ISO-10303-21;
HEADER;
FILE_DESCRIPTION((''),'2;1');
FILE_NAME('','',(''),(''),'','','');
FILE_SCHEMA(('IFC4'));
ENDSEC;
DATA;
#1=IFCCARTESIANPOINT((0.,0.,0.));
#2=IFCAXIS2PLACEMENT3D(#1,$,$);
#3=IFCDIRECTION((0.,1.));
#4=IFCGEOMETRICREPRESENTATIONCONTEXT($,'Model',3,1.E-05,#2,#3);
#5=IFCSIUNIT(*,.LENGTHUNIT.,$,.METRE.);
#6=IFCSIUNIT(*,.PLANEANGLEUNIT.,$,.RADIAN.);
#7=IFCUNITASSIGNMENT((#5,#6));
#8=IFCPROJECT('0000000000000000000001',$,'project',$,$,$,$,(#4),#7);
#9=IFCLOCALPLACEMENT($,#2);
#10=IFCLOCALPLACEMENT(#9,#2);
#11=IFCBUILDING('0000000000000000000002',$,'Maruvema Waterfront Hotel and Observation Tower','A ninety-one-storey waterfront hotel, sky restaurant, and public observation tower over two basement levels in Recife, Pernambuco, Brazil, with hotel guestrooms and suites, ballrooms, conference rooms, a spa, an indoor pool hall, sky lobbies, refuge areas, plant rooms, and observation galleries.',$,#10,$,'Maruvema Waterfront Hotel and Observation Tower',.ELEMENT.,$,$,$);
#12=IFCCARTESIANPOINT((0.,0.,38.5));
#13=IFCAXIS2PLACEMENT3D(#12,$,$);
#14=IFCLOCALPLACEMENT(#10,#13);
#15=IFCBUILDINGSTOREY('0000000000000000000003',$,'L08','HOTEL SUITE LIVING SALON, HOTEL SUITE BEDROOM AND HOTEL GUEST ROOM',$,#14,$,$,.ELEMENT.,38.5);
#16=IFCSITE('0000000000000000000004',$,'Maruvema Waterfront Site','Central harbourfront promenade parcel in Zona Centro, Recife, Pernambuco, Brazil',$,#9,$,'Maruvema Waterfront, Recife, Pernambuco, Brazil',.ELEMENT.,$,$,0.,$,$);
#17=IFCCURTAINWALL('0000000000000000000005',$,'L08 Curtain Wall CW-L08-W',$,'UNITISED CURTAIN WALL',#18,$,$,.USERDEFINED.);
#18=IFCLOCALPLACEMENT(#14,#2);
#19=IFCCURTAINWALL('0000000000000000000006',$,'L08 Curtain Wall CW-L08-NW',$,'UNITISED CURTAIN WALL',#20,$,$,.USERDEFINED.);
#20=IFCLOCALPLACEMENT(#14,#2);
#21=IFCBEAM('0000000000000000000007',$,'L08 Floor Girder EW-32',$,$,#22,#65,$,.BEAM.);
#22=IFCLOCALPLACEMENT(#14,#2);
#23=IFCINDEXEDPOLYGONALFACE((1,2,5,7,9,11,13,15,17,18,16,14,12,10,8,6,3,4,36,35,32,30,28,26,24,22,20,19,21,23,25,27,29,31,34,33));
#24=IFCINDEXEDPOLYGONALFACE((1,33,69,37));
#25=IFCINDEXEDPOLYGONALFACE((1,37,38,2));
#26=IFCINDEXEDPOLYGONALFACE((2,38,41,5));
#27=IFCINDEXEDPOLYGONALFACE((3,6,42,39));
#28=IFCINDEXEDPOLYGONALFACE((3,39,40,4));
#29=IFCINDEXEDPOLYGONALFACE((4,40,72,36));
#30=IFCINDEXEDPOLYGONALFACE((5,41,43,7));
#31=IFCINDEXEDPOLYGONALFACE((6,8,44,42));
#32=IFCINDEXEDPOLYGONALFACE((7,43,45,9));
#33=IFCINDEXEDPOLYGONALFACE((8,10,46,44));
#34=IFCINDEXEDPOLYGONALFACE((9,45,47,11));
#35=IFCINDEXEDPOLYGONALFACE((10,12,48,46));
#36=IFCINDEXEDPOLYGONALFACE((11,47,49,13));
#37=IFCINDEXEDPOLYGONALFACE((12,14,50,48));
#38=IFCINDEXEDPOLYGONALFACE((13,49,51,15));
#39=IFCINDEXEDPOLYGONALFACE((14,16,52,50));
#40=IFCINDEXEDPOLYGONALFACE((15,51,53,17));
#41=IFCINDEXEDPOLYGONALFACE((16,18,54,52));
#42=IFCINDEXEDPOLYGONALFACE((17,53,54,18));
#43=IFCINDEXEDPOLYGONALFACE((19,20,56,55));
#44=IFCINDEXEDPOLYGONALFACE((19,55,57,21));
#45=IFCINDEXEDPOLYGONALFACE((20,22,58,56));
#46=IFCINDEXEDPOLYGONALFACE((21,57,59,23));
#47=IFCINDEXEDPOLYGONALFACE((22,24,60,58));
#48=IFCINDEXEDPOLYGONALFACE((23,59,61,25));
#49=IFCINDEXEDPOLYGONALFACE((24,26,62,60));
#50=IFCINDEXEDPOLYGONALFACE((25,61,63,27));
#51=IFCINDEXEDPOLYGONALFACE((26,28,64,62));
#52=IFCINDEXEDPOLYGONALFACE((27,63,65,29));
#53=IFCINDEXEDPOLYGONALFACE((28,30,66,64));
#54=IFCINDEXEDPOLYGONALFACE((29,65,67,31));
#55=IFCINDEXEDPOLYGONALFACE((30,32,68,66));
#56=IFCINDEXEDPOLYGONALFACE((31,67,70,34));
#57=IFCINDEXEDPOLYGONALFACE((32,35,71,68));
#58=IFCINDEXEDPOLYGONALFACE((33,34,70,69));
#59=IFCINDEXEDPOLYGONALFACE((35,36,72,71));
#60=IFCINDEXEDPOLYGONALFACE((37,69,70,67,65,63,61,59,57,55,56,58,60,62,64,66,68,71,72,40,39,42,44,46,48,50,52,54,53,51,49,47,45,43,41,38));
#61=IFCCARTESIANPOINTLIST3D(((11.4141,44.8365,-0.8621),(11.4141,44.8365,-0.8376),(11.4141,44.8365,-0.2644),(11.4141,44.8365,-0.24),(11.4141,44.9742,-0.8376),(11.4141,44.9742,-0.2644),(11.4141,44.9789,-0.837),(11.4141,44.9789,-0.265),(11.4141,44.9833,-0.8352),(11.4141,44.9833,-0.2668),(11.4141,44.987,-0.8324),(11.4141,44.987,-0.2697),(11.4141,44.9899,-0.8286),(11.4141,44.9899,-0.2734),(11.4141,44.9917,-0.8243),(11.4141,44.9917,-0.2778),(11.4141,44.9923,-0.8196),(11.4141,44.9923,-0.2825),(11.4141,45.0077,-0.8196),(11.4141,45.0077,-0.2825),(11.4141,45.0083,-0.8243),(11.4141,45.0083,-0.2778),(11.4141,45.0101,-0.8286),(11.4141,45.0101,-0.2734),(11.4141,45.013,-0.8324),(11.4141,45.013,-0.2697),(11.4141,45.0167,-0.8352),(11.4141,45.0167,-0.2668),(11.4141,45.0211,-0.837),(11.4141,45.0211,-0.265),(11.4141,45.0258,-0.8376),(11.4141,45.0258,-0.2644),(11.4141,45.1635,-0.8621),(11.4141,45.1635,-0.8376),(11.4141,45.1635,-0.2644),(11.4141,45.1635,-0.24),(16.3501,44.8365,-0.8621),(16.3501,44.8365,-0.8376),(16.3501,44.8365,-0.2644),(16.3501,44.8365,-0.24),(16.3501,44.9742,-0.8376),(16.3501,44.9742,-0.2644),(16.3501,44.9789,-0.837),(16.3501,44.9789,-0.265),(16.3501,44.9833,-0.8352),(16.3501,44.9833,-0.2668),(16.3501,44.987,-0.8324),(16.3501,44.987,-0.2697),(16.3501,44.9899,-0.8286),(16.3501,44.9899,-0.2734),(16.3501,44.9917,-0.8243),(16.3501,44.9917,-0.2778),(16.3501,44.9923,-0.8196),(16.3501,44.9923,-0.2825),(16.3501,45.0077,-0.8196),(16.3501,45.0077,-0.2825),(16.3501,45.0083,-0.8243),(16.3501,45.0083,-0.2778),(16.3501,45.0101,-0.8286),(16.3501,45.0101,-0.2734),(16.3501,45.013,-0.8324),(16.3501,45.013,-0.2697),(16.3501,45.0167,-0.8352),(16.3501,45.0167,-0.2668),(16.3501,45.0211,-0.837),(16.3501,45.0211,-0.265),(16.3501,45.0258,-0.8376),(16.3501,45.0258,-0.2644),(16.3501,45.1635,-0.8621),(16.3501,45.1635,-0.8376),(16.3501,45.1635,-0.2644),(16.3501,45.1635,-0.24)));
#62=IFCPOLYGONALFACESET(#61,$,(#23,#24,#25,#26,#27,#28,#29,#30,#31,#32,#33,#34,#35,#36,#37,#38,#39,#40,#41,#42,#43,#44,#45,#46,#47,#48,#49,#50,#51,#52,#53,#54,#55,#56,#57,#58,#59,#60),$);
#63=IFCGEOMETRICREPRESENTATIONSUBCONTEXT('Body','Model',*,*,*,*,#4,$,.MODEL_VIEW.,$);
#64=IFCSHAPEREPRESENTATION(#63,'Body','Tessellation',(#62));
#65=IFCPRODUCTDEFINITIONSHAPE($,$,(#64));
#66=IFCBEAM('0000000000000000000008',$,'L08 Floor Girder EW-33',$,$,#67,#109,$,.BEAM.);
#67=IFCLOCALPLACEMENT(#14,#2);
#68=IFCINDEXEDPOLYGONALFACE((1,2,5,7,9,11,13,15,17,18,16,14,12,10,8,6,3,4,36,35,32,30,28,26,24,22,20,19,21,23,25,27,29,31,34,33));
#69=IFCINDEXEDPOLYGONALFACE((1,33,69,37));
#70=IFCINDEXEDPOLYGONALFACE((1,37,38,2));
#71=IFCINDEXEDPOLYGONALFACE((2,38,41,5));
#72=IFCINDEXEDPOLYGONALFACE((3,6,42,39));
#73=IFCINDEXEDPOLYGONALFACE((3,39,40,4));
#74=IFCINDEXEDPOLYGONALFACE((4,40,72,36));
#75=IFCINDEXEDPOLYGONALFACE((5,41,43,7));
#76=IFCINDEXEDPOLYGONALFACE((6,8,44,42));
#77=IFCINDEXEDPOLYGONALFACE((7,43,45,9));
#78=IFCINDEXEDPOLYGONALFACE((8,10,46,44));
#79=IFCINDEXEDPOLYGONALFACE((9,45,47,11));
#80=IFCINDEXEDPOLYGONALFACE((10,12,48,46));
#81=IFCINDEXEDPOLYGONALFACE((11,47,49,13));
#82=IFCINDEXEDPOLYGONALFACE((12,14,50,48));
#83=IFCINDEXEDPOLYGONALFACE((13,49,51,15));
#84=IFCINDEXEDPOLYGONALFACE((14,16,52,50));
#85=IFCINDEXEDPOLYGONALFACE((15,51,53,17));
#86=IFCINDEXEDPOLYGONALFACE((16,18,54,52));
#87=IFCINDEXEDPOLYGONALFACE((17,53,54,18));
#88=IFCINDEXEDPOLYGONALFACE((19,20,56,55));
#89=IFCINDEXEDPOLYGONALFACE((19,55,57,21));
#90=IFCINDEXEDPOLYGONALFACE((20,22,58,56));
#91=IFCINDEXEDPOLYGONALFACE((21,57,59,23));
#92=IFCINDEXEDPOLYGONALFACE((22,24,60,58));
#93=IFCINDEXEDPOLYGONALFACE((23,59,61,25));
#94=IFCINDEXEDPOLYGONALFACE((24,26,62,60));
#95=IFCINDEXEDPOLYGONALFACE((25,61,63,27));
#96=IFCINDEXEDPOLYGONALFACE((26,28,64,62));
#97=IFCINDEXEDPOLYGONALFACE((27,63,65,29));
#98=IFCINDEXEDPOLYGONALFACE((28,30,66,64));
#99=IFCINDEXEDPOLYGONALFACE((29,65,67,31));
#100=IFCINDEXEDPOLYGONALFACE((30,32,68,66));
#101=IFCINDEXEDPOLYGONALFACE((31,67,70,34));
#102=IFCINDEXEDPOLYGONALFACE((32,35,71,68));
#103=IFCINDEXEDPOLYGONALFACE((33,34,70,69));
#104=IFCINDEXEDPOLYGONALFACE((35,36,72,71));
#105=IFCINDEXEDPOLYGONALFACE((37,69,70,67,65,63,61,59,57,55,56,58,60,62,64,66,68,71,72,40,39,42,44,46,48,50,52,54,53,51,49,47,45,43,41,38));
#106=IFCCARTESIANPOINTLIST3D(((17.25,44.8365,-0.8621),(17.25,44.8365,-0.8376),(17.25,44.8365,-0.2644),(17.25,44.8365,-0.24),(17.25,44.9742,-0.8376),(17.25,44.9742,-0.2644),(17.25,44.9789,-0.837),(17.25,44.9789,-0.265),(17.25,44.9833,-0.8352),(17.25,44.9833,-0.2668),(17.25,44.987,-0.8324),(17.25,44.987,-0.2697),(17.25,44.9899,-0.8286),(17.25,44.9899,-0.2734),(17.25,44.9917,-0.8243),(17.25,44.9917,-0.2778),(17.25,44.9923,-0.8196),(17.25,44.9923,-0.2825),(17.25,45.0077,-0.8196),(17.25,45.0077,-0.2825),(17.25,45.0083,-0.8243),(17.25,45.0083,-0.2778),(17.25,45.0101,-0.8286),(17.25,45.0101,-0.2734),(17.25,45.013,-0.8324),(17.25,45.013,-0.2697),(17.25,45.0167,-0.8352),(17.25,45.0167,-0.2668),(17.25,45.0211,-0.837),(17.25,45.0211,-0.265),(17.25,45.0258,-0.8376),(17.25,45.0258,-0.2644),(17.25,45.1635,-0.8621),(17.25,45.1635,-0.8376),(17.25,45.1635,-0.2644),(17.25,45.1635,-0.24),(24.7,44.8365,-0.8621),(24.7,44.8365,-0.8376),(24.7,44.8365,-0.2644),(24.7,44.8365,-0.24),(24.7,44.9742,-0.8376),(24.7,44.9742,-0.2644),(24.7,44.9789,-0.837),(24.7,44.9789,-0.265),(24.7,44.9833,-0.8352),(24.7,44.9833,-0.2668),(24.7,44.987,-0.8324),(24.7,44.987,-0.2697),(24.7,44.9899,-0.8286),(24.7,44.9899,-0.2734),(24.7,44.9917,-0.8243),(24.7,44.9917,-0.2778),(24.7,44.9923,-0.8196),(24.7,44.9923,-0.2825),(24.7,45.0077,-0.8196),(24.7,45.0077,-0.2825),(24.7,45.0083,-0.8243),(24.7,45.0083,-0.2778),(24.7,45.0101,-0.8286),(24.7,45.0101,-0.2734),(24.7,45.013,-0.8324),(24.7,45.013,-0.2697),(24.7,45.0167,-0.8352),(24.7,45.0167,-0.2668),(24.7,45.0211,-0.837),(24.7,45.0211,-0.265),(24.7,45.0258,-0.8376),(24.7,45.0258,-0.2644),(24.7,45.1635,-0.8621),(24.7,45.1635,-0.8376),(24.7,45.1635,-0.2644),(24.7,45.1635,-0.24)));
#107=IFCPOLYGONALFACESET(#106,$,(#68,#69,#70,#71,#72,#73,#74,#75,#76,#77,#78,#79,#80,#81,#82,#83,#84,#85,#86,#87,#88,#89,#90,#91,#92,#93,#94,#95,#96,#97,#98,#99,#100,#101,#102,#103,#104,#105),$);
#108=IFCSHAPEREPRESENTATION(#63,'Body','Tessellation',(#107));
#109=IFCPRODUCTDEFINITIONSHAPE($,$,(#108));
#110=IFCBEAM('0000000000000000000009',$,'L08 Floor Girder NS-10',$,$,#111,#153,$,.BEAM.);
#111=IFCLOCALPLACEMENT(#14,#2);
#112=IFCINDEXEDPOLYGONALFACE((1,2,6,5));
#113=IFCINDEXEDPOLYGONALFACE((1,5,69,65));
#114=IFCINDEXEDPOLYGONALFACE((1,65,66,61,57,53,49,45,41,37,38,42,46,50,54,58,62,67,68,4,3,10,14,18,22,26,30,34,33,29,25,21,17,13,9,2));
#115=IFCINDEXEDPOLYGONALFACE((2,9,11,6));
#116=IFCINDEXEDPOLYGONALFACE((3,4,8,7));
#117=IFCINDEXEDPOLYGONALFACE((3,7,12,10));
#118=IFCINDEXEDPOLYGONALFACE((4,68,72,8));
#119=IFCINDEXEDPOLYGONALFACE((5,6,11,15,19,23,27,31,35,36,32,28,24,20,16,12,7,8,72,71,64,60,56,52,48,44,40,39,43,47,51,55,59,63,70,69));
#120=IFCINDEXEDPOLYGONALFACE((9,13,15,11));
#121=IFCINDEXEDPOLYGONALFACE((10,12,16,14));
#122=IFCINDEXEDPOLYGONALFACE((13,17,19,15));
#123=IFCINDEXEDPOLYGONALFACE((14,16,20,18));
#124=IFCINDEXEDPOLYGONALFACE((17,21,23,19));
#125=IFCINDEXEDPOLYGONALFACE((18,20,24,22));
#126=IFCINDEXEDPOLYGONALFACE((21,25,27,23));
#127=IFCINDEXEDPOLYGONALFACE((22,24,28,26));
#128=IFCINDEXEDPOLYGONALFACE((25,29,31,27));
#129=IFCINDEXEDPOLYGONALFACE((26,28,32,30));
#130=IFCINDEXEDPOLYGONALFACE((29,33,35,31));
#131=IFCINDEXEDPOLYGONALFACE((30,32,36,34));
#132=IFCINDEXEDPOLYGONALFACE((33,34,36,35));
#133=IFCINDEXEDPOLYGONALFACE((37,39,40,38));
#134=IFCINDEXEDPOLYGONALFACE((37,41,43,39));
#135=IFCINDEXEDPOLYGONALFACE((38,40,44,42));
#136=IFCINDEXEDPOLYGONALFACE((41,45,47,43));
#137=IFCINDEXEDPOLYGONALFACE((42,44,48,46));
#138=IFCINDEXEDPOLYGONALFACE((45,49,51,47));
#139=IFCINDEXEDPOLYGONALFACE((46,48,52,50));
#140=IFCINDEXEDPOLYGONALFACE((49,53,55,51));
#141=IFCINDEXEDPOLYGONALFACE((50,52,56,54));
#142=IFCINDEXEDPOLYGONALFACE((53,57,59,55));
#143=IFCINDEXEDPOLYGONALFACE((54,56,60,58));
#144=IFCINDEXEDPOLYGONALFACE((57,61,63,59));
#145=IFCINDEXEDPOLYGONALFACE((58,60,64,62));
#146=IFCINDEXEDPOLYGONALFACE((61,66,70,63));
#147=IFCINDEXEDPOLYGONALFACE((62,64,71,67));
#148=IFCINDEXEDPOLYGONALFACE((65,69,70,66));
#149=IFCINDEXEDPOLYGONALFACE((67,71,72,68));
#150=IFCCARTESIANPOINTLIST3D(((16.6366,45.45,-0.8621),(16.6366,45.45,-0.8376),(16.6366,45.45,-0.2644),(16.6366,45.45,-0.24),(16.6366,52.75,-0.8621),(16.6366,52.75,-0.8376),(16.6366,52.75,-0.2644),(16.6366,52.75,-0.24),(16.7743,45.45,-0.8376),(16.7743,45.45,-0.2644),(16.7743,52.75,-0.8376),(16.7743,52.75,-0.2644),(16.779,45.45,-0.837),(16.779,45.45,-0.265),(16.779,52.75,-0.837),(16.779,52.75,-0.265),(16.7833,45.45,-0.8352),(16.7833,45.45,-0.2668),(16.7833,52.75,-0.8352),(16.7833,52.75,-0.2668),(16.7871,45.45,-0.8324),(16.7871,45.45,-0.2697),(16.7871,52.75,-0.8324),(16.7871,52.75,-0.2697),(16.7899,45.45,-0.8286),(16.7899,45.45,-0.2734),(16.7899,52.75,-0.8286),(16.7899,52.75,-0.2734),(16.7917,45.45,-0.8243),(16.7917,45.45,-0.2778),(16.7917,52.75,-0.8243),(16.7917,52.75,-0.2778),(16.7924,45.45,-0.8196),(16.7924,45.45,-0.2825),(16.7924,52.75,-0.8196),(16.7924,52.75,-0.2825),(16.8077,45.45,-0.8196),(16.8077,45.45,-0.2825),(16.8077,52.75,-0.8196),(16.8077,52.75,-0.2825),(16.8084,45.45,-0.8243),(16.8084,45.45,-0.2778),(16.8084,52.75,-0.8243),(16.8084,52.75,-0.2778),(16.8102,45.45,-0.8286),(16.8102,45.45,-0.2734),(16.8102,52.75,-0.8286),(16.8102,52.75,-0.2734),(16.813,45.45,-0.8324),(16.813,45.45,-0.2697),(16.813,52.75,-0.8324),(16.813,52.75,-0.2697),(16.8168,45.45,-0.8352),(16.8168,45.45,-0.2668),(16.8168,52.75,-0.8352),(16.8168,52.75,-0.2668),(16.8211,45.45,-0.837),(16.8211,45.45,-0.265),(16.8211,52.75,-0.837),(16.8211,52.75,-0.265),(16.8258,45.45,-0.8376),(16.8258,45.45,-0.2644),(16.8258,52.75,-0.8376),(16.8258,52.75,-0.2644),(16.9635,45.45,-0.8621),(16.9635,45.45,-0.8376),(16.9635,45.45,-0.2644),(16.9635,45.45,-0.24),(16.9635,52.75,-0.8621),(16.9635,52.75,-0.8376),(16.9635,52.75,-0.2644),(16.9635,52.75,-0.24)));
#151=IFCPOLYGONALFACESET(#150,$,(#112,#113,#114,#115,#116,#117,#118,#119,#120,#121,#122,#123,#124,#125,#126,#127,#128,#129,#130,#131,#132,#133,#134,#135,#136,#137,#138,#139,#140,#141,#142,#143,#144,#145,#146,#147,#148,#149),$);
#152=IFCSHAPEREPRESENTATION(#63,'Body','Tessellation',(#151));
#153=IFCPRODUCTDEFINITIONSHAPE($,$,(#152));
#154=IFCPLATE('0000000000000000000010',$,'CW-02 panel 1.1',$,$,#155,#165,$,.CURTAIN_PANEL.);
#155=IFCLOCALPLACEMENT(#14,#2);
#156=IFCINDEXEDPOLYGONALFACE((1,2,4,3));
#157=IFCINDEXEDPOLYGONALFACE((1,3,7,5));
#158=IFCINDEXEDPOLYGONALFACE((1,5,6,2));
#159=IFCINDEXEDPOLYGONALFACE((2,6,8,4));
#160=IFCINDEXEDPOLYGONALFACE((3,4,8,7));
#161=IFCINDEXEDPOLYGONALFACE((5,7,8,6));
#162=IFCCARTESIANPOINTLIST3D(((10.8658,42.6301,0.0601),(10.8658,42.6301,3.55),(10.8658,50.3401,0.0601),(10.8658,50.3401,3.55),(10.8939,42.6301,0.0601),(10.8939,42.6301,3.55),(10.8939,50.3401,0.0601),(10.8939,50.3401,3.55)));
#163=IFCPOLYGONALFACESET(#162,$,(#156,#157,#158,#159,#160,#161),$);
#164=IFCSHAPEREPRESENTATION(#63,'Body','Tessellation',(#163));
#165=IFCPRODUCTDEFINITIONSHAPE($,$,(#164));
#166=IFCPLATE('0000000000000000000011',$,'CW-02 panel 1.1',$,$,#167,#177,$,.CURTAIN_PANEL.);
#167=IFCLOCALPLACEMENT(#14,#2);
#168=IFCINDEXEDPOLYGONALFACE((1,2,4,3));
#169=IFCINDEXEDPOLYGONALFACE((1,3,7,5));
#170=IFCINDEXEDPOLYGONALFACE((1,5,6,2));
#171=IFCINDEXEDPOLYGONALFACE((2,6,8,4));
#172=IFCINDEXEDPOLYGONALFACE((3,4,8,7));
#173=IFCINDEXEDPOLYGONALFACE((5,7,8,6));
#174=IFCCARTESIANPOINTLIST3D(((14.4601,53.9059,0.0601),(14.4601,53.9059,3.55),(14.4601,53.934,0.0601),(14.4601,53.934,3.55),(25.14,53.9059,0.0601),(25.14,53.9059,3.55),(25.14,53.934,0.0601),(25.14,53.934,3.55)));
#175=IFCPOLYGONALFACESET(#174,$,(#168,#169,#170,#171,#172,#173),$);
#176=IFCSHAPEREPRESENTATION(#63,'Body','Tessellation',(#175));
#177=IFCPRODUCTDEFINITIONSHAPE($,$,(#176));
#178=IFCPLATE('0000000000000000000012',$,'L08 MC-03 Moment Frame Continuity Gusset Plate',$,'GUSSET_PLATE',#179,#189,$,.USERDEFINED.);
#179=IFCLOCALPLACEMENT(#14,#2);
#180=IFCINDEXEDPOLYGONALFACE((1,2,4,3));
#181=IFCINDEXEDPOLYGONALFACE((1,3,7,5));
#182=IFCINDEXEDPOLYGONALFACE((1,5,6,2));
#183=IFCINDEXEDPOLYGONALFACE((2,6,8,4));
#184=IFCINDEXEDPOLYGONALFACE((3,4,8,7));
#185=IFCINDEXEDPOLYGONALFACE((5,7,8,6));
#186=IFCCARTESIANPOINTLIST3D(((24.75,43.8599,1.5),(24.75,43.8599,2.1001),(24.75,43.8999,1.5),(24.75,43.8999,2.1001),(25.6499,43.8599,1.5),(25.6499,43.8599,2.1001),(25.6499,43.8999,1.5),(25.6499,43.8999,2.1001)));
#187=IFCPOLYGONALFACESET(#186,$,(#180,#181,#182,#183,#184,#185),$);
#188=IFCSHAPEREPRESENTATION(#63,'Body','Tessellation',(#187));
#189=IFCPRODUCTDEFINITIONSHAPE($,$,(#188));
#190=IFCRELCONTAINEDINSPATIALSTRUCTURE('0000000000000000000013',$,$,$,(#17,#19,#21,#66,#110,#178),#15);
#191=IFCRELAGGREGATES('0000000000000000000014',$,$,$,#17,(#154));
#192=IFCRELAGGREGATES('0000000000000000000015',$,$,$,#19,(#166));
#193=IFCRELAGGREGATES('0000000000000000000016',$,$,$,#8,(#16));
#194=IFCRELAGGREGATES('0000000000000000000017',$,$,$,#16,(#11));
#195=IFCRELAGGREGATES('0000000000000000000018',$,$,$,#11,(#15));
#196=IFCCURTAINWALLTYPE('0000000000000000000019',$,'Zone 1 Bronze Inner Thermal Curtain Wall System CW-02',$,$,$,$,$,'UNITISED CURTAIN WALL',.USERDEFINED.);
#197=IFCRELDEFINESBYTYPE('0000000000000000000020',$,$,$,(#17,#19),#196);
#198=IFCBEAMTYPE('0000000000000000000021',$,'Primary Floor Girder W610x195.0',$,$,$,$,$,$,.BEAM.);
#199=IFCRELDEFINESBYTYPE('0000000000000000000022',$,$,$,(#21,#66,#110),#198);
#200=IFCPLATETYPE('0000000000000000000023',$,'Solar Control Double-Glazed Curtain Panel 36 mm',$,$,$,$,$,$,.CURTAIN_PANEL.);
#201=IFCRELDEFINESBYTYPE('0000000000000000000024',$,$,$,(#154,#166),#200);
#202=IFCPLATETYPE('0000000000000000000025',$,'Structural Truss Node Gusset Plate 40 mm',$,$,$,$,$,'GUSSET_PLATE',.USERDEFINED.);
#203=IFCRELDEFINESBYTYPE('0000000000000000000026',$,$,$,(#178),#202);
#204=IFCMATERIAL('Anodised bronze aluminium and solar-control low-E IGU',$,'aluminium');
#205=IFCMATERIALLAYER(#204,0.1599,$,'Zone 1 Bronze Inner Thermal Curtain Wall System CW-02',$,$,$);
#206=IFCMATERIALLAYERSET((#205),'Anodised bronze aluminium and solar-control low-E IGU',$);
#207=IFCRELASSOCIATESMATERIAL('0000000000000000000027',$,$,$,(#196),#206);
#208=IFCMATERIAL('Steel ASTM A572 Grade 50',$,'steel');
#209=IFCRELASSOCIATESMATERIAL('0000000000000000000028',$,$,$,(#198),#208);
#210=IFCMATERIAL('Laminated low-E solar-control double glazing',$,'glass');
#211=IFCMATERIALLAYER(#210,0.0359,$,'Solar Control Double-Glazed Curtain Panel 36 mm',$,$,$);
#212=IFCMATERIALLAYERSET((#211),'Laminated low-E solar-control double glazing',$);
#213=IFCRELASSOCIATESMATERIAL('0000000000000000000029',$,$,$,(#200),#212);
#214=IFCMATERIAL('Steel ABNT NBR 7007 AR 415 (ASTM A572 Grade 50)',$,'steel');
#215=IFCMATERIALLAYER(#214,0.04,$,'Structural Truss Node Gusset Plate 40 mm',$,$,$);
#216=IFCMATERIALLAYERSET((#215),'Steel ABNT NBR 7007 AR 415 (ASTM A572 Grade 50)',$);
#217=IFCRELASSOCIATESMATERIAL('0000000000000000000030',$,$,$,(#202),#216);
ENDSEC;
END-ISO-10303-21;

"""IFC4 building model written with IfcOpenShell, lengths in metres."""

from ifc_helpers import new_model, si_unit, direction, frame, origin, origin_2d, place, context, subcontext, project, spatial, rectangle, i_section, extrude, material, layer, layer_set, material_profile, profile_set, type_object, element, aggregate, save


model = new_model("IFC4")

# Units and contexts
model_context = context("Model", 3, precision=1e-05, world=origin(), true_north=direction((0.0, 1.0)))
body_context = subcontext(model_context, "Body", "Model", "MODEL_VIEW")
ifc_project = project(units=[si_unit("LENGTHUNIT", "METRE"), si_unit("PLANEANGLEUNIT", "RADIAN")], contexts=[model_context])

# Site, building, storey
site_placement = place(None, origin())
site = spatial("IfcSite", under=ifc_project, at=site_placement, Name="Maruvema Waterfront Site", Description="Central harbourfront promenade parcel in Zona Centro, Recife, Pernambuco, Brazil", LongName="Maruvema Waterfront, Recife, Pernambuco, Brazil", CompositionType="ELEMENT", RefElevation=0.0)
building_placement = place(site_placement, origin())
building = spatial("IfcBuilding", under=site, at=building_placement, Name="Maruvema Waterfront Hotel and Observation Tower", Description="A ninety-one-storey waterfront hotel, sky restaurant, and public observation tower over two basement levels in Recife, Pernambuco, Brazil, with hotel guestrooms and suites, ballrooms, conference rooms, a spa, an indoor pool hall, sky lobbies, refuge areas, plant rooms, and observation galleries.", LongName="Maruvema Waterfront Hotel and Observation Tower", CompositionType="ELEMENT")
storey_placement = place(building_placement, frame((0.0, 0.0, 38.5)))
storey = spatial("IfcBuildingStorey", under=building, at=storey_placement, Name="L08", Description="HOTEL SUITE LIVING SALON, HOTEL SUITE BEDROOM AND HOTEL GUEST ROOM", CompositionType="ELEMENT", Elevation=38.5)

# Curtain walls
ifc_material_1 = material(Name="Anodised bronze aluminium and solar-control low-E IGU", Category="aluminium")
ifc_layer_1 = layer(ifc_material_1, 0.1599, Name="Zone 1 Bronze Inner Thermal Curtain Wall System CW-02")
ifc_layer_set_1 = layer_set([ifc_layer_1], Name="Anodised bronze aluminium and solar-control low-E IGU")
curtain_wall_type = type_object("IfcCurtainWallType", Name="Zone 1 Bronze Inner Thermal Curtain Wall System CW-02", ElementType="UNITISED CURTAIN WALL", PredefinedType="USERDEFINED", material=ifc_layer_set_1)
curtain_wall_1_placement = place(storey_placement, origin())
curtain_wall_1 = element("IfcCurtainWall", 1, at=curtain_wall_1_placement, inside=storey, type_object=curtain_wall_type, Name="L08 Curtain Wall CW-L08-W", ObjectType="UNITISED CURTAIN WALL", PredefinedType="USERDEFINED")
curtain_wall_2_placement = place(storey_placement, origin())
curtain_wall_2 = element("IfcCurtainWall", 2, at=curtain_wall_2_placement, inside=storey, type_object=curtain_wall_type, Name="L08 Curtain Wall CW-L08-NW", ObjectType="UNITISED CURTAIN WALL", PredefinedType="USERDEFINED")

# Beams
ifc_material_2 = material(Name="Steel ASTM A572 Grade 50", Category="steel")
ifc_material_profile_1 = material_profile(ifc_material_2, i_section(OverallWidth=0.3269, OverallDepth=0.6221, WebThickness=0.0154, FlangeThickness=0.0244, FilletRadius=0.0181, at=origin_2d()), Name="W610x195.0")
ifc_profile_set_1 = profile_set([ifc_material_profile_1], Name="Steel ASTM A572 Grade 50")
beam_type = type_object("IfcBeamType", Name="Primary Floor Girder W610x195.0", PredefinedType="BEAM", material=ifc_profile_set_1)
beam_1_placement = place(storey_placement, frame((11.4141, 45.0, -0.551), z_axis=(1.0, 0.0, 0.0), x_axis=(0.0, 1.0, 0.0)))
element("IfcBeam", 3, at=beam_1_placement, inside=storey, type_object=beam_type, Name="L08 Floor Girder EW-32", PredefinedType="BEAM", context=body_context, shape_type="SweptSolid", body=[
    extrude(i_section(OverallWidth=0.3269, OverallDepth=0.6221, WebThickness=0.0154, FlangeThickness=0.0244, FilletRadius=0.0181, at=origin_2d()), origin(), (0.0, 0.0, 1.0), 4.936),
])
beam_2_placement = place(storey_placement, frame((17.25, 45.0, -0.551), z_axis=(1.0, 0.0, 0.0), x_axis=(0.0, 1.0, 0.0)))
element("IfcBeam", 4, at=beam_2_placement, inside=storey, type_object=beam_type, Name="L08 Floor Girder EW-33", PredefinedType="BEAM", context=body_context, shape_type="SweptSolid", body=[
    extrude(i_section(OverallWidth=0.3269, OverallDepth=0.6221, WebThickness=0.0154, FlangeThickness=0.0244, FilletRadius=0.0181, at=origin_2d()), origin(), (0.0, 0.0, 1.0), 7.45),
])
beam_3_placement = place(storey_placement, frame((16.8, 45.45, -0.551), z_axis=(0.0, 1.0, 0.0), x_axis=(-1.0, 0.0, 0.0)))
element("IfcBeam", 5, at=beam_3_placement, inside=storey, type_object=beam_type, Name="L08 Floor Girder NS-10", PredefinedType="BEAM", context=body_context, shape_type="SweptSolid", body=[
    extrude(i_section(OverallWidth=0.3269, OverallDepth=0.6221, WebThickness=0.0154, FlangeThickness=0.0244, FilletRadius=0.0181, at=origin_2d()), origin(), (0.0, 0.0, 1.0), 7.3),
])

# Plates
ifc_material_3 = material(Name="Laminated low-E solar-control double glazing", Category="glass")
ifc_layer_2 = layer(ifc_material_3, 0.0359, Name="Solar Control Double-Glazed Curtain Panel 36 mm")
ifc_layer_set_2 = layer_set([ifc_layer_2], Name="Laminated low-E solar-control double glazing")
plate_type_1 = type_object("IfcPlateType", Name="Solar Control Double-Glazed Curtain Panel 36 mm", PredefinedType="CURTAIN_PANEL", material=ifc_layer_set_2)
plate_1_placement = place(storey_placement, frame((10.8799, 46.4851, 0.0601), z_axis=(0.0, 0.0, 1.0), x_axis=(0.0, -1.0, 0.0)))
plate_1 = element("IfcPlate", 6, at=plate_1_placement, type_object=plate_type_1, Name="CW-02 panel 1.1", PredefinedType="CURTAIN_PANEL", context=body_context, shape_type="SweptSolid", body=[
    extrude(rectangle(XDim=7.71, YDim=0.0281, at=origin_2d()), origin(), (0.0, 0.0, 1.0), 3.49),
])
aggregate(curtain_wall_1, [plate_1])
plate_2_placement = place(storey_placement, frame((19.8, 53.9199, 0.0601), z_axis=(0.0, 0.0, 1.0), x_axis=(-1.0, 0.0, 0.0)))
plate_2 = element("IfcPlate", 7, at=plate_2_placement, type_object=plate_type_1, Name="CW-02 panel 1.1", PredefinedType="CURTAIN_PANEL", context=body_context, shape_type="SweptSolid", body=[
    extrude(rectangle(XDim=10.6799, YDim=0.0281, at=origin_2d()), origin(), (0.0, 0.0, 1.0), 3.49),
])
aggregate(curtain_wall_2, [plate_2])
ifc_material_4 = material(Name="Steel ABNT NBR 7007 AR 415 (ASTM A572 Grade 50)", Category="steel")
ifc_layer_3 = layer(ifc_material_4, 0.04, Name="Structural Truss Node Gusset Plate 40 mm")
ifc_layer_set_3 = layer_set([ifc_layer_3], Name="Steel ABNT NBR 7007 AR 415 (ASTM A572 Grade 50)")
plate_type_2 = type_object("IfcPlateType", Name="Structural Truss Node Gusset Plate 40 mm", ElementType="GUSSET_PLATE", PredefinedType="USERDEFINED", material=ifc_layer_set_3)
plate_3_placement = place(storey_placement, frame((25.2, 43.8799, 1.5), z_axis=(0.0, 0.0, 1.0), x_axis=(1.0, 0.0, 0.0)))
element("IfcPlate", 8, at=plate_3_placement, inside=storey, type_object=plate_type_2, Name="L08 MC-03 Moment Frame Continuity Gusset Plate", ObjectType="GUSSET_PLATE", PredefinedType="USERDEFINED", context=body_context, shape_type="SweptSolid", body=[
    extrude(rectangle(XDim=0.8999, YDim=0.04, at=origin_2d()), origin(), (0.0, 0.0, 1.0), 0.6001),
])

save(model, "model.ifc")
